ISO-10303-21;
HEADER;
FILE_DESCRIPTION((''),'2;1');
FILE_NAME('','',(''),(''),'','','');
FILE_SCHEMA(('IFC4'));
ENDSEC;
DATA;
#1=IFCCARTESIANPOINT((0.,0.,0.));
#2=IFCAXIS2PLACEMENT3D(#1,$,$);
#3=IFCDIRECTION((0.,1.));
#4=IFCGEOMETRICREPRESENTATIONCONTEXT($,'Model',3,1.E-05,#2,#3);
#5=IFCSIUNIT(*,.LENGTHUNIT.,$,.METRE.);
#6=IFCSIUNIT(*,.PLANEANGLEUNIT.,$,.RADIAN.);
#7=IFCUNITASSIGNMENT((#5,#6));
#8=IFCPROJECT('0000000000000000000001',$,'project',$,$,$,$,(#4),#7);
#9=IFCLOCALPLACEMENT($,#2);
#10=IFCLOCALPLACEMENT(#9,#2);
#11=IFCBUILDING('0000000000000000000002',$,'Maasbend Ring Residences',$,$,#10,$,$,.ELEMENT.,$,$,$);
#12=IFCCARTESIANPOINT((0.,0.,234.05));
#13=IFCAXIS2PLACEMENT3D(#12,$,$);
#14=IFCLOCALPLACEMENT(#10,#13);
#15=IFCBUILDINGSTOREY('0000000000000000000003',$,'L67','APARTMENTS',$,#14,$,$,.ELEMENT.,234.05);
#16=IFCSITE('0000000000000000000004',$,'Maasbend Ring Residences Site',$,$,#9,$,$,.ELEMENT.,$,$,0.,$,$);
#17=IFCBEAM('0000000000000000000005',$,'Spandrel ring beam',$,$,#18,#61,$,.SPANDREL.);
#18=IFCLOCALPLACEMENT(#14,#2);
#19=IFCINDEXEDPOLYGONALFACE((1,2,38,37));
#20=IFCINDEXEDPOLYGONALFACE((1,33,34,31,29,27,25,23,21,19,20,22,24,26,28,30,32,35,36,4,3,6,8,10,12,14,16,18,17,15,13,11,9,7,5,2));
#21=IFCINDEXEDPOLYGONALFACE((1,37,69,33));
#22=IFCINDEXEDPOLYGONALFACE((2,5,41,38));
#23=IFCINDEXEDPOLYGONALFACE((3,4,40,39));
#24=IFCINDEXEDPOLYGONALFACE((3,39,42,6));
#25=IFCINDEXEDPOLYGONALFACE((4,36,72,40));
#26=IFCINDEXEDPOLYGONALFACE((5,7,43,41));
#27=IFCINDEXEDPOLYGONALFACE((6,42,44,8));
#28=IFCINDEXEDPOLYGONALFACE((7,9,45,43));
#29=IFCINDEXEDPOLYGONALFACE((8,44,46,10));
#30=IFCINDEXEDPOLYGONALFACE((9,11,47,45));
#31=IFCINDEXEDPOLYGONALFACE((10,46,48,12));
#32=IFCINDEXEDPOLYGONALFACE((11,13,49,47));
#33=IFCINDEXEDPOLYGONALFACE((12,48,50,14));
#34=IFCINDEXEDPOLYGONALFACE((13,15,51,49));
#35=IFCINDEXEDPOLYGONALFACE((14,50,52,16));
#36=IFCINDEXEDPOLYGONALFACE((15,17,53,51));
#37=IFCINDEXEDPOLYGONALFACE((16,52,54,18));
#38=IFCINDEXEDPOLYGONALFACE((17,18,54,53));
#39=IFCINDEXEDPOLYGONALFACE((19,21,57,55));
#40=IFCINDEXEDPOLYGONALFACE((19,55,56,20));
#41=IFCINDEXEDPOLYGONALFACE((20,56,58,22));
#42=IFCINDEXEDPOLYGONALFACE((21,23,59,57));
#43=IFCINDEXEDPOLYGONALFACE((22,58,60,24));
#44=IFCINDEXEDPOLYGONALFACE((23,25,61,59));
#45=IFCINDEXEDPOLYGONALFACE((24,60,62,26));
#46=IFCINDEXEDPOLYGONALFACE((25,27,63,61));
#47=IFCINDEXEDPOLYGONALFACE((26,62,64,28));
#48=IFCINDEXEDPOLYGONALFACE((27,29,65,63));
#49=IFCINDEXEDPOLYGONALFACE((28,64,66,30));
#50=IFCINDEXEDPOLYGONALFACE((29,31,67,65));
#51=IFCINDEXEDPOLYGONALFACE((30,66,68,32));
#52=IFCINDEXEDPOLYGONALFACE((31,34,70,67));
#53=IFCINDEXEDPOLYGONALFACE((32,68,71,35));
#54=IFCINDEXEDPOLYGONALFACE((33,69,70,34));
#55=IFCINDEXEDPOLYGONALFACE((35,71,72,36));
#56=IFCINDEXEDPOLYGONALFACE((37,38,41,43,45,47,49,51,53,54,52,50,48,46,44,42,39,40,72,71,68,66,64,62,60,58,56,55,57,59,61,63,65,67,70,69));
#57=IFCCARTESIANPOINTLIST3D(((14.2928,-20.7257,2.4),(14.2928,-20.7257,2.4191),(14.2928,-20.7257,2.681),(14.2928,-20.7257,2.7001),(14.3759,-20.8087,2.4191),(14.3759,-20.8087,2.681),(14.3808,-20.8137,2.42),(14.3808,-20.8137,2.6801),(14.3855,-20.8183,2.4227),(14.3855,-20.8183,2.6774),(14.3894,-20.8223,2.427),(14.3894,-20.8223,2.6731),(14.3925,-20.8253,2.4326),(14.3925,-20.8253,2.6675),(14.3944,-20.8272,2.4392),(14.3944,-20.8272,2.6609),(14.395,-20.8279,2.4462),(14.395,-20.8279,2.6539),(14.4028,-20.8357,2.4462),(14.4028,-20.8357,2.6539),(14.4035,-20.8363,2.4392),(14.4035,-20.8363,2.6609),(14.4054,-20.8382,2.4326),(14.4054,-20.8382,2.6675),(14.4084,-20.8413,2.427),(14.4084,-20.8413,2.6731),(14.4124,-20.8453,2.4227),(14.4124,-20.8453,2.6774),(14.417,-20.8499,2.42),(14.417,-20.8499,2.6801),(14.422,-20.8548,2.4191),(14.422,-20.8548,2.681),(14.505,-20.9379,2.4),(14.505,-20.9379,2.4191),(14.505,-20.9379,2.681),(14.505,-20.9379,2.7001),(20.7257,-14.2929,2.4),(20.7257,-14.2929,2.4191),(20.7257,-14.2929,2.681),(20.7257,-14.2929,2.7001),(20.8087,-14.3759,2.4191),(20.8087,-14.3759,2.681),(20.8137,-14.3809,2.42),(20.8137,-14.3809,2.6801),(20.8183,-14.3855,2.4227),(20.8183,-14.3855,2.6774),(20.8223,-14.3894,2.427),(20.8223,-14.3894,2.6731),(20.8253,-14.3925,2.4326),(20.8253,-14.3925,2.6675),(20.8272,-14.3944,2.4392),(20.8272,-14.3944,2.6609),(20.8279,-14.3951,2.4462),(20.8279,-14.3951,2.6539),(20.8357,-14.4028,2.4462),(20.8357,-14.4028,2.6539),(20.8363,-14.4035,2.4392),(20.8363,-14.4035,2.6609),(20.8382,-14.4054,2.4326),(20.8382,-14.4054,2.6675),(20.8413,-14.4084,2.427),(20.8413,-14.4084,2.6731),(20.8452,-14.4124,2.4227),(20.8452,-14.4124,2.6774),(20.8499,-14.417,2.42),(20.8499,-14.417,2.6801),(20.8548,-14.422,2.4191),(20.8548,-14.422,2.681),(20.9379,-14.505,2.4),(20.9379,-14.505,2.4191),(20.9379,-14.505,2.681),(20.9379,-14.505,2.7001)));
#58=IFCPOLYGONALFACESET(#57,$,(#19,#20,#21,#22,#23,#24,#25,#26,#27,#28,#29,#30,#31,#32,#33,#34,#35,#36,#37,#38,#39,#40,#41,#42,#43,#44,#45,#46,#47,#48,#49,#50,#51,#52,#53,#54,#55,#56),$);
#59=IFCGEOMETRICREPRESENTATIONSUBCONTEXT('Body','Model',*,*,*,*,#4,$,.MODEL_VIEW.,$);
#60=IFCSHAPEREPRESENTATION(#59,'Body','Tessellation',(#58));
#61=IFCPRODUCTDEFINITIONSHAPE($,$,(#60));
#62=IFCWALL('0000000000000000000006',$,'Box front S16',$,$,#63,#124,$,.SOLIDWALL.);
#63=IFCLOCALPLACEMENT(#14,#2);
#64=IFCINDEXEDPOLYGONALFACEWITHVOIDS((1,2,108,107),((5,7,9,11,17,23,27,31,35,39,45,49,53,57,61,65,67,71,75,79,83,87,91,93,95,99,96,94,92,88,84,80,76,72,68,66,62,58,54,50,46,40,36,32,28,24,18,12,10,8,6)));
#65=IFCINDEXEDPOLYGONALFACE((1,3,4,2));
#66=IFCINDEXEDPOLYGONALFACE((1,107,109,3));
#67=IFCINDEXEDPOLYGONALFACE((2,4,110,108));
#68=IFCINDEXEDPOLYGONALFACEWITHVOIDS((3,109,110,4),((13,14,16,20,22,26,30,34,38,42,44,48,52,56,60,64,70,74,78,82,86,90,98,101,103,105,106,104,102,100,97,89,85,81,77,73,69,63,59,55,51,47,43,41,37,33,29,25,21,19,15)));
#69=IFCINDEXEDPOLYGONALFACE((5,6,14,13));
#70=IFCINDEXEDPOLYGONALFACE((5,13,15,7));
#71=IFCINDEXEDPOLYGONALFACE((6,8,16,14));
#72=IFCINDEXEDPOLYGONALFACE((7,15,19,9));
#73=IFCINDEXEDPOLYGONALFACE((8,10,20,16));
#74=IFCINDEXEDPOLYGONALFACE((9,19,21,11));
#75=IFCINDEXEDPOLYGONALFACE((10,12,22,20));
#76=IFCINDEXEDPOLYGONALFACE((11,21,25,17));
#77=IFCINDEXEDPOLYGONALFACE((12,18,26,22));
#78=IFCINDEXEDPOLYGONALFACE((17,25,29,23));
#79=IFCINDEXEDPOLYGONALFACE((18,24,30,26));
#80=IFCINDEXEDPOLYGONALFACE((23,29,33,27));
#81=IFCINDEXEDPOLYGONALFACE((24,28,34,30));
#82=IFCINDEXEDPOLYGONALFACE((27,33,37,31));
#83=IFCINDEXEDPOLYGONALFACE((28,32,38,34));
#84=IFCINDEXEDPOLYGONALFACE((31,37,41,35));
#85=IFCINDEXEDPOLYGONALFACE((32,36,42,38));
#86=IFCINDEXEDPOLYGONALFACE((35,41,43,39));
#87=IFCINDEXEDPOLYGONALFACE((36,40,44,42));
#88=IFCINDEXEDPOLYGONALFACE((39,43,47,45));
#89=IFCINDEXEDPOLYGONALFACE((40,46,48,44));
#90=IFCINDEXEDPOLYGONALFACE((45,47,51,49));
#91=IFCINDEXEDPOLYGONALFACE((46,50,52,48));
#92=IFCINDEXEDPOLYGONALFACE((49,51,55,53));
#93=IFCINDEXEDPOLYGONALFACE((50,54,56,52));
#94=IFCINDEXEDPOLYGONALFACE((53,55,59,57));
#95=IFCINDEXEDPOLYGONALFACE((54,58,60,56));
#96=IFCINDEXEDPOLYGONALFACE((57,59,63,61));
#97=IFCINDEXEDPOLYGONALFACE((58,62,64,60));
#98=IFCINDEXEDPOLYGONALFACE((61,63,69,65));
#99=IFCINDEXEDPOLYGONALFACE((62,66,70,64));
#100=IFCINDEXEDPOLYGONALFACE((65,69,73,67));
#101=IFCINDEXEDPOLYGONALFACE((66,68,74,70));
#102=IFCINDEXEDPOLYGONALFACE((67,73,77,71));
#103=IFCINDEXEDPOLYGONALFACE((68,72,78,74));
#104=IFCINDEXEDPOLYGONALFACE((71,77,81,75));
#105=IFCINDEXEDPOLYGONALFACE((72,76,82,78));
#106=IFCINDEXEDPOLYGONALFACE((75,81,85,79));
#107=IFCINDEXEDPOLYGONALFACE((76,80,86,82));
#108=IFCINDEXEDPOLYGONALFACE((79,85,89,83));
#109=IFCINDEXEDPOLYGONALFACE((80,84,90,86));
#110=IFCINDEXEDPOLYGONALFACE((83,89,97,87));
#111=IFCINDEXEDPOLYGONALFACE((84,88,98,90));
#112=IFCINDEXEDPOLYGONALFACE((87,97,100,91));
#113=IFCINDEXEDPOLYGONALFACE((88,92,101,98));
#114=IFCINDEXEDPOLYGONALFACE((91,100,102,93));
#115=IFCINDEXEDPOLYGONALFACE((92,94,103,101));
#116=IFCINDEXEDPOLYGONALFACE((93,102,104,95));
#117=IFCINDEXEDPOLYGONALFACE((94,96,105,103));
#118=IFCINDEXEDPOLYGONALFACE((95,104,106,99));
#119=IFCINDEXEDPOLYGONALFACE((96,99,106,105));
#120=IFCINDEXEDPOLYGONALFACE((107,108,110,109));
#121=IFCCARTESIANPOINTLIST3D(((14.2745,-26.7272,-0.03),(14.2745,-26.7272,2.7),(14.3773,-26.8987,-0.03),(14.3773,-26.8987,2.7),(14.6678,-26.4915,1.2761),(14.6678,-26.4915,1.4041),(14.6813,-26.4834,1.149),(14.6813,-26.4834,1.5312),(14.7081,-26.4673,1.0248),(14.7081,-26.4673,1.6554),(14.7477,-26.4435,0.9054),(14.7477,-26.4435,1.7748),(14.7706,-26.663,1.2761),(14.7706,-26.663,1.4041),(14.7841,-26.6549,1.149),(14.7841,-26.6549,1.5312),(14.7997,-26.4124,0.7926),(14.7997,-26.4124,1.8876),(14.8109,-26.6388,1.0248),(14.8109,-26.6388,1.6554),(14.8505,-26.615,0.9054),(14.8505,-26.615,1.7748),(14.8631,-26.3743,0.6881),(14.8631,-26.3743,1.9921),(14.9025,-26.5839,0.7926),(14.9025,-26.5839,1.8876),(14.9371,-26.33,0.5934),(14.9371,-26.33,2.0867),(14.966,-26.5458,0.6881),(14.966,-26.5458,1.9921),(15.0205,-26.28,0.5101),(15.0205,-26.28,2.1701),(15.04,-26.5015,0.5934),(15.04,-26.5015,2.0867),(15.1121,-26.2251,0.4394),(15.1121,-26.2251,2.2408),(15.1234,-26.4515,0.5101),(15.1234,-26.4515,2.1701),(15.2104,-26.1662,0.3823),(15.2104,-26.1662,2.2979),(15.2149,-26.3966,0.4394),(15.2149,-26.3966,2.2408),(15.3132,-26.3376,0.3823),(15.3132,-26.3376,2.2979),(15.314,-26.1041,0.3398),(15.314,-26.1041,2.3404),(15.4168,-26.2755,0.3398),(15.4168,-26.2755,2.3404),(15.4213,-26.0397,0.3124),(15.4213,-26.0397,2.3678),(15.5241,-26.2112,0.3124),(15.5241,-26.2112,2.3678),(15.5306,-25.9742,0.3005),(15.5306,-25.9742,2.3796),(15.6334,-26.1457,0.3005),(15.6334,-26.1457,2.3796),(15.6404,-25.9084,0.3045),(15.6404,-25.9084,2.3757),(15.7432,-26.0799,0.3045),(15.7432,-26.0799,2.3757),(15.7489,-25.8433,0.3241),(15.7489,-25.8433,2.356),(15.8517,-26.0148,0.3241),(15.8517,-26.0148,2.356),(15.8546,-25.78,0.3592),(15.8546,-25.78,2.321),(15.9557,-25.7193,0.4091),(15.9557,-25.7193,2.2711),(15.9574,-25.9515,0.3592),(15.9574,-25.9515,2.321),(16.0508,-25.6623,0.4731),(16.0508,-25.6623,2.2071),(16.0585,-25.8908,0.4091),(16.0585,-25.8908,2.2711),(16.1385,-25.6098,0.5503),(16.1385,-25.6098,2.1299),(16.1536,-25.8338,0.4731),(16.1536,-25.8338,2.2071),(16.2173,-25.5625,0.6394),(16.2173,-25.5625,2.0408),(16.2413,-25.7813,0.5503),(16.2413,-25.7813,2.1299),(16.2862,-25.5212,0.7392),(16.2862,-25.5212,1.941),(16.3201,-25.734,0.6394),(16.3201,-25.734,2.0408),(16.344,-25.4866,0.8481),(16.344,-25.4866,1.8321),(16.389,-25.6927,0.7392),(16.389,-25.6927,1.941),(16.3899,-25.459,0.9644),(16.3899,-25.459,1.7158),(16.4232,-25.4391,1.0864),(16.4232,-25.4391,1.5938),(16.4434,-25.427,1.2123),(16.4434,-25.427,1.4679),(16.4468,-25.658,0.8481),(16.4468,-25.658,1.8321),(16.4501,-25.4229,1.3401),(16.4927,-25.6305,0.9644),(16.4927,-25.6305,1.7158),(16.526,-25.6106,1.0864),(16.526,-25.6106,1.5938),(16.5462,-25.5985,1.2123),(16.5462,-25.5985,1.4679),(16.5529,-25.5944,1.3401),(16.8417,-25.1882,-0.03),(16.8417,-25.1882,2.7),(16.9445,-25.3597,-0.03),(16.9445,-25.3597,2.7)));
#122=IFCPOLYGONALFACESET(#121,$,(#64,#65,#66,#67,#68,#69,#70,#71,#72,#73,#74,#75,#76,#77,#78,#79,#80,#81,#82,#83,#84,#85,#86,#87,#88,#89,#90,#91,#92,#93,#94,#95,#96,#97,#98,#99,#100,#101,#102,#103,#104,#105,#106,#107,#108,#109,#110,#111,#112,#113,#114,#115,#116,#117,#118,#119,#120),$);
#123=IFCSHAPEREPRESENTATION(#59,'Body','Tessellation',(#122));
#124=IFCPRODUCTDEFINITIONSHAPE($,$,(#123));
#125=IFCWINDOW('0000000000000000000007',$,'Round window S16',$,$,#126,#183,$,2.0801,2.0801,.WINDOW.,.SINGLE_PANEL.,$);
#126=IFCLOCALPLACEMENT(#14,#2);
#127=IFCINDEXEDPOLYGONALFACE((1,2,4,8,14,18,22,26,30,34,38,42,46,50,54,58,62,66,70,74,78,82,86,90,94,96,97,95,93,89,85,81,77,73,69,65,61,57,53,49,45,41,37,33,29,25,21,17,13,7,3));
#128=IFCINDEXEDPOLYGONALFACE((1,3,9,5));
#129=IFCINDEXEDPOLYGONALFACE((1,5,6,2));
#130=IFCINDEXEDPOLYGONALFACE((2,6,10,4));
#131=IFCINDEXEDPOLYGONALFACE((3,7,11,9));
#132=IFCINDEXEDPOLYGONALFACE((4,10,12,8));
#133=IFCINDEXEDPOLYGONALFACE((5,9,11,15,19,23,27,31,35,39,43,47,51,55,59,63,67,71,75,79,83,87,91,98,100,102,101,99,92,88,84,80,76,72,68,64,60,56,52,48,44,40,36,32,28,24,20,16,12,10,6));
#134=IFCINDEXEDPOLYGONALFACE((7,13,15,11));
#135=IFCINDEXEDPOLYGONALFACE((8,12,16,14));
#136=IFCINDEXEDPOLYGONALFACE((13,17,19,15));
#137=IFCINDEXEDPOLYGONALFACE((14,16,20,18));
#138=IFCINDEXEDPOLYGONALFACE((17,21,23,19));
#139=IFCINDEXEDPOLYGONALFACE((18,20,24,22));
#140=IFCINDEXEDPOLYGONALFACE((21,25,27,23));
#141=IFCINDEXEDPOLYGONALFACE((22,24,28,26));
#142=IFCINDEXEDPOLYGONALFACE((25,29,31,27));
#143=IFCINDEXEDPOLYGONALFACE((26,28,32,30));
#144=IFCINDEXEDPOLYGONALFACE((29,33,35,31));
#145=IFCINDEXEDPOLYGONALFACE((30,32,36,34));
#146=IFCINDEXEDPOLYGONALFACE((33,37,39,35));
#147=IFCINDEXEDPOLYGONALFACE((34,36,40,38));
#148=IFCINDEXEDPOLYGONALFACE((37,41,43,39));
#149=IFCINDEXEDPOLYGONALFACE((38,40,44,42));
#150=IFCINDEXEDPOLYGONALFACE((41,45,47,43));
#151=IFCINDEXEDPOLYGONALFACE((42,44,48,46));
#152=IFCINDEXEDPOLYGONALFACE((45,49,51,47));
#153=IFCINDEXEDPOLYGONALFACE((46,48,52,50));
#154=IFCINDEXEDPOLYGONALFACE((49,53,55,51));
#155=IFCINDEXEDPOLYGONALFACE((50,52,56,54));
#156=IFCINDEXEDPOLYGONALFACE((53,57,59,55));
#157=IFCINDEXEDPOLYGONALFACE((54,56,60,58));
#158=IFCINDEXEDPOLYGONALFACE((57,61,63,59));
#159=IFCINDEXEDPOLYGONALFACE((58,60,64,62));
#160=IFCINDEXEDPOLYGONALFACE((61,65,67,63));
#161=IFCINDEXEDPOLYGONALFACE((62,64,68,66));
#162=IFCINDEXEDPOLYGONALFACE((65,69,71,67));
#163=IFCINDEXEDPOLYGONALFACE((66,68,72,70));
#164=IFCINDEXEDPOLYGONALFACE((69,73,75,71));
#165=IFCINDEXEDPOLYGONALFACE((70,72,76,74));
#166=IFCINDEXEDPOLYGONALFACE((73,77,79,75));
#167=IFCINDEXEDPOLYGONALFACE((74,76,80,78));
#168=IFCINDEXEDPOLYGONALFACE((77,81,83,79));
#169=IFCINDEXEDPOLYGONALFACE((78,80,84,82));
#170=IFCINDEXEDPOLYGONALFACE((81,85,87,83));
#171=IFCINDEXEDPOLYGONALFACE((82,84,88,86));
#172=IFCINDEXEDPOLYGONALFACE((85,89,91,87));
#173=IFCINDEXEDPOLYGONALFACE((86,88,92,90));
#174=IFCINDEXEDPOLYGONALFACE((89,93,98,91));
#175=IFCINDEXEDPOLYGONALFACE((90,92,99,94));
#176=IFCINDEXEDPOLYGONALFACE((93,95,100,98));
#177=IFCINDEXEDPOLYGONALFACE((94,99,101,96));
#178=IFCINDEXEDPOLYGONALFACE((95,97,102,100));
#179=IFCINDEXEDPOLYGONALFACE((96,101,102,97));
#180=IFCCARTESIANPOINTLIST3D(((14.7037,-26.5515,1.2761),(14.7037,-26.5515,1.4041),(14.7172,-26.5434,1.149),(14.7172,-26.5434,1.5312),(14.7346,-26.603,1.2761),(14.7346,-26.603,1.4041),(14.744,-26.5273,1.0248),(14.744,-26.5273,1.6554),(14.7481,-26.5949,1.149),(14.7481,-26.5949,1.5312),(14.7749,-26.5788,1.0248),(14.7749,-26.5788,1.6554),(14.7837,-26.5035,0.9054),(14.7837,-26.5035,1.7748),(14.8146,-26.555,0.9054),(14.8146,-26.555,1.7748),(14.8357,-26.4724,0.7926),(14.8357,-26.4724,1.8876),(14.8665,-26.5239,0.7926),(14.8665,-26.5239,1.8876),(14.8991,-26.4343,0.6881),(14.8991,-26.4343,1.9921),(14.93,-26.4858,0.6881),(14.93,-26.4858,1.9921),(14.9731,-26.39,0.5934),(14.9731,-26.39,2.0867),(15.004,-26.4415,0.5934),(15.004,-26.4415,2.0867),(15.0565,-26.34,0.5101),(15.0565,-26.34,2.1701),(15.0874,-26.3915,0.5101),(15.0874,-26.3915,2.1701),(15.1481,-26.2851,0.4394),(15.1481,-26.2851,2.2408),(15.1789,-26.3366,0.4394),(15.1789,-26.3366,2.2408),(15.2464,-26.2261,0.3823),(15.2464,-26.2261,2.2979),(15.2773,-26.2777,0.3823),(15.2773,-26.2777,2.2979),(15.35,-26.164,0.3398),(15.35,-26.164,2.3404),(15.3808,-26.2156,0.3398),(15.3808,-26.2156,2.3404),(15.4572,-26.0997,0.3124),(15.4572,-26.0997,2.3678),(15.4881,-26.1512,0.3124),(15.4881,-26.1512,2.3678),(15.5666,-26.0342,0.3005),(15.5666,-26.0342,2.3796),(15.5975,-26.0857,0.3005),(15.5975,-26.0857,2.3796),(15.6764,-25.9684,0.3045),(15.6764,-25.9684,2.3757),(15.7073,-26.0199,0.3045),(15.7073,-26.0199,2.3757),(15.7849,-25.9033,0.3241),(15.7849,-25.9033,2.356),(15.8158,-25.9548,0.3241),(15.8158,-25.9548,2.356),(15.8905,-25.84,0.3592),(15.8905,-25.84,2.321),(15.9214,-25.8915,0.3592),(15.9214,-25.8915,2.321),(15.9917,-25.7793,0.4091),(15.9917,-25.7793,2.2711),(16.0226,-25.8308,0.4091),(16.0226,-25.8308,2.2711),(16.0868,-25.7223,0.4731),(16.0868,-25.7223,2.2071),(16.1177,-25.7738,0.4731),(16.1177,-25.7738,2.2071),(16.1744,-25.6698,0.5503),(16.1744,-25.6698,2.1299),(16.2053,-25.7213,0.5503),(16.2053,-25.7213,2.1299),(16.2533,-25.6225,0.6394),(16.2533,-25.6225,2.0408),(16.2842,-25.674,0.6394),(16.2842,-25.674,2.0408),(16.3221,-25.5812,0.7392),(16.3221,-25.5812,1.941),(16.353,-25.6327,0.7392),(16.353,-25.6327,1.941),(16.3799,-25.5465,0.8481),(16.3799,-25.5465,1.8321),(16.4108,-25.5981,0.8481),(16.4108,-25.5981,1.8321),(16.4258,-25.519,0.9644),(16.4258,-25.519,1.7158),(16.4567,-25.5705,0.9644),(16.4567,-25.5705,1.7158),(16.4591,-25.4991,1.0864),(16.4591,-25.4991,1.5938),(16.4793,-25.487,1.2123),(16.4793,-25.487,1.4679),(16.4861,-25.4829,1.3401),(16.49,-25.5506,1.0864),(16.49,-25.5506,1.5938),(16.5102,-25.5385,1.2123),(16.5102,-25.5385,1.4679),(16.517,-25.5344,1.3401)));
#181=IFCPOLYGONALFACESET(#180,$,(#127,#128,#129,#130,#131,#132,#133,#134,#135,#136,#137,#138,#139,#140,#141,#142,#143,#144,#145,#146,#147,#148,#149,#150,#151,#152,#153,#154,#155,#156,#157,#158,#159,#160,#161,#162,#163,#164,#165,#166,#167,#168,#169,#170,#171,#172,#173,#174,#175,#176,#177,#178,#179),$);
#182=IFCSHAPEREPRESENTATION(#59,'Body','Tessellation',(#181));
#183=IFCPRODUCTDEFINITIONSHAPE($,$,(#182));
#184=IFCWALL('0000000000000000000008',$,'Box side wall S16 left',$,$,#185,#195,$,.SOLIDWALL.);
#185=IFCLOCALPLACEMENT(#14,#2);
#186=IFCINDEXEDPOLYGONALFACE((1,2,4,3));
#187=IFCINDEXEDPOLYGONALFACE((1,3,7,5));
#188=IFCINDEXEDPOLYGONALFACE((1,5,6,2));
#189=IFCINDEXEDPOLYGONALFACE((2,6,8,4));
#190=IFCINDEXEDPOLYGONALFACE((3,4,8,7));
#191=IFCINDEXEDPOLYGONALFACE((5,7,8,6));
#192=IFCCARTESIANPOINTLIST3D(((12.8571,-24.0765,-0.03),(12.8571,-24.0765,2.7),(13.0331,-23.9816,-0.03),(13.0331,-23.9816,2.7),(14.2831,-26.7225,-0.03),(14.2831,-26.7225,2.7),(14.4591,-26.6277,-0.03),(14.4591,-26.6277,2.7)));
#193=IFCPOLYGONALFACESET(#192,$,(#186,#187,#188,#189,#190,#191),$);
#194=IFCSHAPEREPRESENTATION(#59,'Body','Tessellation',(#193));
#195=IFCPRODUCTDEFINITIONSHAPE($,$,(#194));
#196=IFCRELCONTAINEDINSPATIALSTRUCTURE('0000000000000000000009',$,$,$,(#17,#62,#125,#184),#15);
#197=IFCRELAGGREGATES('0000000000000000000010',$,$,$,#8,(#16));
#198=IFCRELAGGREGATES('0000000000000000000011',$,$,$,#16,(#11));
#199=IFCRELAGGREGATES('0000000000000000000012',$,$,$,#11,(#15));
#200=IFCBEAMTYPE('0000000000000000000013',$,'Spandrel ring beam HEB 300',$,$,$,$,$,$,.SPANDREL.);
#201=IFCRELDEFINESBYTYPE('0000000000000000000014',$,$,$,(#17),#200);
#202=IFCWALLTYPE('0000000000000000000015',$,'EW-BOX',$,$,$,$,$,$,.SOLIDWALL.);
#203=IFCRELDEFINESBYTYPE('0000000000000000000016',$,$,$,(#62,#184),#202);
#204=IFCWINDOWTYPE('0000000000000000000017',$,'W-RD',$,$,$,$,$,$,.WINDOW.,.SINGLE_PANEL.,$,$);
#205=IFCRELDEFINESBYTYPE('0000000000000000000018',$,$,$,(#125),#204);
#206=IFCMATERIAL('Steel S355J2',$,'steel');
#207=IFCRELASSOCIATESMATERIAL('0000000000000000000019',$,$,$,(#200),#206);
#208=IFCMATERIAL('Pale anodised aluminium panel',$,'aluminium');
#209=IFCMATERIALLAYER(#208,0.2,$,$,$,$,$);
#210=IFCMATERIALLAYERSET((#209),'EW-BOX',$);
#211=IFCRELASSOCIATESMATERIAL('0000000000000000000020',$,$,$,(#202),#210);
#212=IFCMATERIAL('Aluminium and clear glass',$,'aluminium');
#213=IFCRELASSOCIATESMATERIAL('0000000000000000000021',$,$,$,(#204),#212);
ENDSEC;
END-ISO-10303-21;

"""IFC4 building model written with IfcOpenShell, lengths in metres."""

from ifc_helpers import new_model, si_unit, direction, frame, frame_2d, origin, origin_2d, place, context, subcontext, project, spatial, rectangle, circle, i_section, extrude, material, layer, layer_set, material_profile, profile_set, type_object, element, fill, save


model = new_model("IFC4")

# Units and contexts
model_context = context("Model", 3, precision=1e-05, world=origin(), true_north=direction((0.0, 1.0)))
body_context = subcontext(model_context, "Body", "Model", "MODEL_VIEW")
ifc_project = project(units=[si_unit("LENGTHUNIT", "METRE"), si_unit("PLANEANGLEUNIT", "RADIAN")], contexts=[model_context])

# Site, building, storey
site_placement = place(None, origin())
site = spatial("IfcSite", under=ifc_project, at=site_placement, Name="Maasbend Ring Residences Site", CompositionType="ELEMENT", RefElevation=0.0)
building_placement = place(site_placement, origin())
building = spatial("IfcBuilding", under=site, at=building_placement, Name="Maasbend Ring Residences", CompositionType="ELEMENT")
storey_placement = place(building_placement, frame((0.0, 0.0, 234.05)))
storey = spatial("IfcBuildingStorey", under=building, at=storey_placement, Name="L67", Description="APARTMENTS", CompositionType="ELEMENT", Elevation=234.05)

# Beam
ifc_material_1 = material(Name="Steel S355J2", Category="steel")
ifc_material_profile_1 = material_profile(ifc_material_1, i_section(OverallWidth=0.3, OverallDepth=0.3, WebThickness=0.011, FlangeThickness=0.019, FilletRadius=0.0271, at=origin_2d()), Name="HEB 300")
ifc_profile_set_1 = profile_set([ifc_material_profile_1], Name="Steel S355J2")
beam_type = type_object("IfcBeamType", Name="Spandrel ring beam HEB 300", PredefinedType="SPANDREL", material=ifc_profile_set_1)
beam_placement = place(storey_placement, frame((14.3989, -20.8318, 2.55), z_axis=(0.707107, 0.707107, 0.0), x_axis=(-0.707107, 0.707107, 0.0)))
element("IfcBeam", 1, at=beam_placement, inside=storey, type_object=beam_type, Name="Spandrel ring beam", PredefinedType="SPANDREL", context=body_context, shape_type="SweptSolid", body=[
    extrude(i_section(OverallWidth=0.3, OverallDepth=0.3, WebThickness=0.011, FlangeThickness=0.019, FilletRadius=0.0271, at=origin_2d()), origin(), (0.0, 0.0, 1.0), 9.0974),
])

# Wall, opening, window
ifc_material_2 = material(Name="Pale anodised aluminium panel", Category="aluminium")
ifc_layer_1 = layer(ifc_material_2, 0.2)
ifc_layer_set_1 = layer_set([ifc_layer_1], Name="EW-BOX")
wall_type_1 = type_object("IfcWallType", Name="EW-BOX", PredefinedType="SOLIDWALL", material=ifc_layer_set_1)
wall_1_placement = place(storey_placement, frame((14.3259, -26.813, -0.03), z_axis=(0.0, 0.0, 1.0), x_axis=(0.857673, 0.514196, 0.0)))
wall_1 = element("IfcWall", 2, at=wall_1_placement, inside=storey, type_object=wall_type_1, Name="Box front S16", PredefinedType="SOLIDWALL", context=body_context, shape_type="SweptSolid", body=[
    extrude(rectangle(XDim=2.9932, YDim=0.2, at=frame_2d((1.4966, 0.0))), origin(), (0.0, 0.0, 1.0), 2.73),
])
opening_1_placement = place(wall_1_placement, frame((0.4565, 0.0, 0.3301)))
opening_1 = element("IfcOpeningElement", 3, at=opening_1_placement, cuts=wall_1, PredefinedType="OPENING", context=body_context, shape_type="SweptSolid", body=[
    extrude(circle(Radius=1.04, at=frame_2d((1.04, 1.04))), frame((0.0, 0.1099, 0.0), z_axis=(0.0, -1.0, 0.0), x_axis=(1.0, 0.0, 0.0)), (0.0, 0.0, 1.0), 0.22),
])
ifc_material_3 = material(Name="Aluminium and clear glass", Category="aluminium")
window_type_1 = type_object("IfcWindowType", Name="W-RD", PartitioningType="SINGLE_PANEL", PredefinedType="WINDOW", material=ifc_material_3)
window_1_placement = place(opening_1_placement, origin())
window_1 = element("IfcWindow", 4, at=window_1_placement, inside=storey, type_object=window_type_1, Name="Round window S16", OverallHeight=2.0801, OverallWidth=2.0801, PartitioningType="SINGLE_PANEL", PredefinedType="WINDOW", context=body_context, shape_type="SweptSolid", body=[
    extrude(circle(Radius=1.04, at=frame_2d((1.04, 1.04))), frame((0.0, 0.03, 0.0), z_axis=(0.0, -1.0, 0.0), x_axis=(1.0, 0.0, 0.0)), (0.0, 0.0, 1.0), 0.0601),
])
fill(opening_1, window_1)

# Wall
wall_2_placement = place(storey_placement, frame((12.9451, -24.0291, -0.03), z_axis=(0.0, 0.0, 1.0), x_axis=(0.474424, -0.880296, 0.0)))
element("IfcWall", 5, at=wall_2_placement, inside=storey, type_object=wall_type_1, Name="Box side wall S16 left", PredefinedType="SOLIDWALL", context=body_context, shape_type="SweptSolid", body=[
    extrude(rectangle(XDim=3.0059, YDim=0.2, at=frame_2d((1.5029, 0.0))), origin(), (0.0, 0.0, 1.0), 2.73),
])

save(model, "model.ifc")
